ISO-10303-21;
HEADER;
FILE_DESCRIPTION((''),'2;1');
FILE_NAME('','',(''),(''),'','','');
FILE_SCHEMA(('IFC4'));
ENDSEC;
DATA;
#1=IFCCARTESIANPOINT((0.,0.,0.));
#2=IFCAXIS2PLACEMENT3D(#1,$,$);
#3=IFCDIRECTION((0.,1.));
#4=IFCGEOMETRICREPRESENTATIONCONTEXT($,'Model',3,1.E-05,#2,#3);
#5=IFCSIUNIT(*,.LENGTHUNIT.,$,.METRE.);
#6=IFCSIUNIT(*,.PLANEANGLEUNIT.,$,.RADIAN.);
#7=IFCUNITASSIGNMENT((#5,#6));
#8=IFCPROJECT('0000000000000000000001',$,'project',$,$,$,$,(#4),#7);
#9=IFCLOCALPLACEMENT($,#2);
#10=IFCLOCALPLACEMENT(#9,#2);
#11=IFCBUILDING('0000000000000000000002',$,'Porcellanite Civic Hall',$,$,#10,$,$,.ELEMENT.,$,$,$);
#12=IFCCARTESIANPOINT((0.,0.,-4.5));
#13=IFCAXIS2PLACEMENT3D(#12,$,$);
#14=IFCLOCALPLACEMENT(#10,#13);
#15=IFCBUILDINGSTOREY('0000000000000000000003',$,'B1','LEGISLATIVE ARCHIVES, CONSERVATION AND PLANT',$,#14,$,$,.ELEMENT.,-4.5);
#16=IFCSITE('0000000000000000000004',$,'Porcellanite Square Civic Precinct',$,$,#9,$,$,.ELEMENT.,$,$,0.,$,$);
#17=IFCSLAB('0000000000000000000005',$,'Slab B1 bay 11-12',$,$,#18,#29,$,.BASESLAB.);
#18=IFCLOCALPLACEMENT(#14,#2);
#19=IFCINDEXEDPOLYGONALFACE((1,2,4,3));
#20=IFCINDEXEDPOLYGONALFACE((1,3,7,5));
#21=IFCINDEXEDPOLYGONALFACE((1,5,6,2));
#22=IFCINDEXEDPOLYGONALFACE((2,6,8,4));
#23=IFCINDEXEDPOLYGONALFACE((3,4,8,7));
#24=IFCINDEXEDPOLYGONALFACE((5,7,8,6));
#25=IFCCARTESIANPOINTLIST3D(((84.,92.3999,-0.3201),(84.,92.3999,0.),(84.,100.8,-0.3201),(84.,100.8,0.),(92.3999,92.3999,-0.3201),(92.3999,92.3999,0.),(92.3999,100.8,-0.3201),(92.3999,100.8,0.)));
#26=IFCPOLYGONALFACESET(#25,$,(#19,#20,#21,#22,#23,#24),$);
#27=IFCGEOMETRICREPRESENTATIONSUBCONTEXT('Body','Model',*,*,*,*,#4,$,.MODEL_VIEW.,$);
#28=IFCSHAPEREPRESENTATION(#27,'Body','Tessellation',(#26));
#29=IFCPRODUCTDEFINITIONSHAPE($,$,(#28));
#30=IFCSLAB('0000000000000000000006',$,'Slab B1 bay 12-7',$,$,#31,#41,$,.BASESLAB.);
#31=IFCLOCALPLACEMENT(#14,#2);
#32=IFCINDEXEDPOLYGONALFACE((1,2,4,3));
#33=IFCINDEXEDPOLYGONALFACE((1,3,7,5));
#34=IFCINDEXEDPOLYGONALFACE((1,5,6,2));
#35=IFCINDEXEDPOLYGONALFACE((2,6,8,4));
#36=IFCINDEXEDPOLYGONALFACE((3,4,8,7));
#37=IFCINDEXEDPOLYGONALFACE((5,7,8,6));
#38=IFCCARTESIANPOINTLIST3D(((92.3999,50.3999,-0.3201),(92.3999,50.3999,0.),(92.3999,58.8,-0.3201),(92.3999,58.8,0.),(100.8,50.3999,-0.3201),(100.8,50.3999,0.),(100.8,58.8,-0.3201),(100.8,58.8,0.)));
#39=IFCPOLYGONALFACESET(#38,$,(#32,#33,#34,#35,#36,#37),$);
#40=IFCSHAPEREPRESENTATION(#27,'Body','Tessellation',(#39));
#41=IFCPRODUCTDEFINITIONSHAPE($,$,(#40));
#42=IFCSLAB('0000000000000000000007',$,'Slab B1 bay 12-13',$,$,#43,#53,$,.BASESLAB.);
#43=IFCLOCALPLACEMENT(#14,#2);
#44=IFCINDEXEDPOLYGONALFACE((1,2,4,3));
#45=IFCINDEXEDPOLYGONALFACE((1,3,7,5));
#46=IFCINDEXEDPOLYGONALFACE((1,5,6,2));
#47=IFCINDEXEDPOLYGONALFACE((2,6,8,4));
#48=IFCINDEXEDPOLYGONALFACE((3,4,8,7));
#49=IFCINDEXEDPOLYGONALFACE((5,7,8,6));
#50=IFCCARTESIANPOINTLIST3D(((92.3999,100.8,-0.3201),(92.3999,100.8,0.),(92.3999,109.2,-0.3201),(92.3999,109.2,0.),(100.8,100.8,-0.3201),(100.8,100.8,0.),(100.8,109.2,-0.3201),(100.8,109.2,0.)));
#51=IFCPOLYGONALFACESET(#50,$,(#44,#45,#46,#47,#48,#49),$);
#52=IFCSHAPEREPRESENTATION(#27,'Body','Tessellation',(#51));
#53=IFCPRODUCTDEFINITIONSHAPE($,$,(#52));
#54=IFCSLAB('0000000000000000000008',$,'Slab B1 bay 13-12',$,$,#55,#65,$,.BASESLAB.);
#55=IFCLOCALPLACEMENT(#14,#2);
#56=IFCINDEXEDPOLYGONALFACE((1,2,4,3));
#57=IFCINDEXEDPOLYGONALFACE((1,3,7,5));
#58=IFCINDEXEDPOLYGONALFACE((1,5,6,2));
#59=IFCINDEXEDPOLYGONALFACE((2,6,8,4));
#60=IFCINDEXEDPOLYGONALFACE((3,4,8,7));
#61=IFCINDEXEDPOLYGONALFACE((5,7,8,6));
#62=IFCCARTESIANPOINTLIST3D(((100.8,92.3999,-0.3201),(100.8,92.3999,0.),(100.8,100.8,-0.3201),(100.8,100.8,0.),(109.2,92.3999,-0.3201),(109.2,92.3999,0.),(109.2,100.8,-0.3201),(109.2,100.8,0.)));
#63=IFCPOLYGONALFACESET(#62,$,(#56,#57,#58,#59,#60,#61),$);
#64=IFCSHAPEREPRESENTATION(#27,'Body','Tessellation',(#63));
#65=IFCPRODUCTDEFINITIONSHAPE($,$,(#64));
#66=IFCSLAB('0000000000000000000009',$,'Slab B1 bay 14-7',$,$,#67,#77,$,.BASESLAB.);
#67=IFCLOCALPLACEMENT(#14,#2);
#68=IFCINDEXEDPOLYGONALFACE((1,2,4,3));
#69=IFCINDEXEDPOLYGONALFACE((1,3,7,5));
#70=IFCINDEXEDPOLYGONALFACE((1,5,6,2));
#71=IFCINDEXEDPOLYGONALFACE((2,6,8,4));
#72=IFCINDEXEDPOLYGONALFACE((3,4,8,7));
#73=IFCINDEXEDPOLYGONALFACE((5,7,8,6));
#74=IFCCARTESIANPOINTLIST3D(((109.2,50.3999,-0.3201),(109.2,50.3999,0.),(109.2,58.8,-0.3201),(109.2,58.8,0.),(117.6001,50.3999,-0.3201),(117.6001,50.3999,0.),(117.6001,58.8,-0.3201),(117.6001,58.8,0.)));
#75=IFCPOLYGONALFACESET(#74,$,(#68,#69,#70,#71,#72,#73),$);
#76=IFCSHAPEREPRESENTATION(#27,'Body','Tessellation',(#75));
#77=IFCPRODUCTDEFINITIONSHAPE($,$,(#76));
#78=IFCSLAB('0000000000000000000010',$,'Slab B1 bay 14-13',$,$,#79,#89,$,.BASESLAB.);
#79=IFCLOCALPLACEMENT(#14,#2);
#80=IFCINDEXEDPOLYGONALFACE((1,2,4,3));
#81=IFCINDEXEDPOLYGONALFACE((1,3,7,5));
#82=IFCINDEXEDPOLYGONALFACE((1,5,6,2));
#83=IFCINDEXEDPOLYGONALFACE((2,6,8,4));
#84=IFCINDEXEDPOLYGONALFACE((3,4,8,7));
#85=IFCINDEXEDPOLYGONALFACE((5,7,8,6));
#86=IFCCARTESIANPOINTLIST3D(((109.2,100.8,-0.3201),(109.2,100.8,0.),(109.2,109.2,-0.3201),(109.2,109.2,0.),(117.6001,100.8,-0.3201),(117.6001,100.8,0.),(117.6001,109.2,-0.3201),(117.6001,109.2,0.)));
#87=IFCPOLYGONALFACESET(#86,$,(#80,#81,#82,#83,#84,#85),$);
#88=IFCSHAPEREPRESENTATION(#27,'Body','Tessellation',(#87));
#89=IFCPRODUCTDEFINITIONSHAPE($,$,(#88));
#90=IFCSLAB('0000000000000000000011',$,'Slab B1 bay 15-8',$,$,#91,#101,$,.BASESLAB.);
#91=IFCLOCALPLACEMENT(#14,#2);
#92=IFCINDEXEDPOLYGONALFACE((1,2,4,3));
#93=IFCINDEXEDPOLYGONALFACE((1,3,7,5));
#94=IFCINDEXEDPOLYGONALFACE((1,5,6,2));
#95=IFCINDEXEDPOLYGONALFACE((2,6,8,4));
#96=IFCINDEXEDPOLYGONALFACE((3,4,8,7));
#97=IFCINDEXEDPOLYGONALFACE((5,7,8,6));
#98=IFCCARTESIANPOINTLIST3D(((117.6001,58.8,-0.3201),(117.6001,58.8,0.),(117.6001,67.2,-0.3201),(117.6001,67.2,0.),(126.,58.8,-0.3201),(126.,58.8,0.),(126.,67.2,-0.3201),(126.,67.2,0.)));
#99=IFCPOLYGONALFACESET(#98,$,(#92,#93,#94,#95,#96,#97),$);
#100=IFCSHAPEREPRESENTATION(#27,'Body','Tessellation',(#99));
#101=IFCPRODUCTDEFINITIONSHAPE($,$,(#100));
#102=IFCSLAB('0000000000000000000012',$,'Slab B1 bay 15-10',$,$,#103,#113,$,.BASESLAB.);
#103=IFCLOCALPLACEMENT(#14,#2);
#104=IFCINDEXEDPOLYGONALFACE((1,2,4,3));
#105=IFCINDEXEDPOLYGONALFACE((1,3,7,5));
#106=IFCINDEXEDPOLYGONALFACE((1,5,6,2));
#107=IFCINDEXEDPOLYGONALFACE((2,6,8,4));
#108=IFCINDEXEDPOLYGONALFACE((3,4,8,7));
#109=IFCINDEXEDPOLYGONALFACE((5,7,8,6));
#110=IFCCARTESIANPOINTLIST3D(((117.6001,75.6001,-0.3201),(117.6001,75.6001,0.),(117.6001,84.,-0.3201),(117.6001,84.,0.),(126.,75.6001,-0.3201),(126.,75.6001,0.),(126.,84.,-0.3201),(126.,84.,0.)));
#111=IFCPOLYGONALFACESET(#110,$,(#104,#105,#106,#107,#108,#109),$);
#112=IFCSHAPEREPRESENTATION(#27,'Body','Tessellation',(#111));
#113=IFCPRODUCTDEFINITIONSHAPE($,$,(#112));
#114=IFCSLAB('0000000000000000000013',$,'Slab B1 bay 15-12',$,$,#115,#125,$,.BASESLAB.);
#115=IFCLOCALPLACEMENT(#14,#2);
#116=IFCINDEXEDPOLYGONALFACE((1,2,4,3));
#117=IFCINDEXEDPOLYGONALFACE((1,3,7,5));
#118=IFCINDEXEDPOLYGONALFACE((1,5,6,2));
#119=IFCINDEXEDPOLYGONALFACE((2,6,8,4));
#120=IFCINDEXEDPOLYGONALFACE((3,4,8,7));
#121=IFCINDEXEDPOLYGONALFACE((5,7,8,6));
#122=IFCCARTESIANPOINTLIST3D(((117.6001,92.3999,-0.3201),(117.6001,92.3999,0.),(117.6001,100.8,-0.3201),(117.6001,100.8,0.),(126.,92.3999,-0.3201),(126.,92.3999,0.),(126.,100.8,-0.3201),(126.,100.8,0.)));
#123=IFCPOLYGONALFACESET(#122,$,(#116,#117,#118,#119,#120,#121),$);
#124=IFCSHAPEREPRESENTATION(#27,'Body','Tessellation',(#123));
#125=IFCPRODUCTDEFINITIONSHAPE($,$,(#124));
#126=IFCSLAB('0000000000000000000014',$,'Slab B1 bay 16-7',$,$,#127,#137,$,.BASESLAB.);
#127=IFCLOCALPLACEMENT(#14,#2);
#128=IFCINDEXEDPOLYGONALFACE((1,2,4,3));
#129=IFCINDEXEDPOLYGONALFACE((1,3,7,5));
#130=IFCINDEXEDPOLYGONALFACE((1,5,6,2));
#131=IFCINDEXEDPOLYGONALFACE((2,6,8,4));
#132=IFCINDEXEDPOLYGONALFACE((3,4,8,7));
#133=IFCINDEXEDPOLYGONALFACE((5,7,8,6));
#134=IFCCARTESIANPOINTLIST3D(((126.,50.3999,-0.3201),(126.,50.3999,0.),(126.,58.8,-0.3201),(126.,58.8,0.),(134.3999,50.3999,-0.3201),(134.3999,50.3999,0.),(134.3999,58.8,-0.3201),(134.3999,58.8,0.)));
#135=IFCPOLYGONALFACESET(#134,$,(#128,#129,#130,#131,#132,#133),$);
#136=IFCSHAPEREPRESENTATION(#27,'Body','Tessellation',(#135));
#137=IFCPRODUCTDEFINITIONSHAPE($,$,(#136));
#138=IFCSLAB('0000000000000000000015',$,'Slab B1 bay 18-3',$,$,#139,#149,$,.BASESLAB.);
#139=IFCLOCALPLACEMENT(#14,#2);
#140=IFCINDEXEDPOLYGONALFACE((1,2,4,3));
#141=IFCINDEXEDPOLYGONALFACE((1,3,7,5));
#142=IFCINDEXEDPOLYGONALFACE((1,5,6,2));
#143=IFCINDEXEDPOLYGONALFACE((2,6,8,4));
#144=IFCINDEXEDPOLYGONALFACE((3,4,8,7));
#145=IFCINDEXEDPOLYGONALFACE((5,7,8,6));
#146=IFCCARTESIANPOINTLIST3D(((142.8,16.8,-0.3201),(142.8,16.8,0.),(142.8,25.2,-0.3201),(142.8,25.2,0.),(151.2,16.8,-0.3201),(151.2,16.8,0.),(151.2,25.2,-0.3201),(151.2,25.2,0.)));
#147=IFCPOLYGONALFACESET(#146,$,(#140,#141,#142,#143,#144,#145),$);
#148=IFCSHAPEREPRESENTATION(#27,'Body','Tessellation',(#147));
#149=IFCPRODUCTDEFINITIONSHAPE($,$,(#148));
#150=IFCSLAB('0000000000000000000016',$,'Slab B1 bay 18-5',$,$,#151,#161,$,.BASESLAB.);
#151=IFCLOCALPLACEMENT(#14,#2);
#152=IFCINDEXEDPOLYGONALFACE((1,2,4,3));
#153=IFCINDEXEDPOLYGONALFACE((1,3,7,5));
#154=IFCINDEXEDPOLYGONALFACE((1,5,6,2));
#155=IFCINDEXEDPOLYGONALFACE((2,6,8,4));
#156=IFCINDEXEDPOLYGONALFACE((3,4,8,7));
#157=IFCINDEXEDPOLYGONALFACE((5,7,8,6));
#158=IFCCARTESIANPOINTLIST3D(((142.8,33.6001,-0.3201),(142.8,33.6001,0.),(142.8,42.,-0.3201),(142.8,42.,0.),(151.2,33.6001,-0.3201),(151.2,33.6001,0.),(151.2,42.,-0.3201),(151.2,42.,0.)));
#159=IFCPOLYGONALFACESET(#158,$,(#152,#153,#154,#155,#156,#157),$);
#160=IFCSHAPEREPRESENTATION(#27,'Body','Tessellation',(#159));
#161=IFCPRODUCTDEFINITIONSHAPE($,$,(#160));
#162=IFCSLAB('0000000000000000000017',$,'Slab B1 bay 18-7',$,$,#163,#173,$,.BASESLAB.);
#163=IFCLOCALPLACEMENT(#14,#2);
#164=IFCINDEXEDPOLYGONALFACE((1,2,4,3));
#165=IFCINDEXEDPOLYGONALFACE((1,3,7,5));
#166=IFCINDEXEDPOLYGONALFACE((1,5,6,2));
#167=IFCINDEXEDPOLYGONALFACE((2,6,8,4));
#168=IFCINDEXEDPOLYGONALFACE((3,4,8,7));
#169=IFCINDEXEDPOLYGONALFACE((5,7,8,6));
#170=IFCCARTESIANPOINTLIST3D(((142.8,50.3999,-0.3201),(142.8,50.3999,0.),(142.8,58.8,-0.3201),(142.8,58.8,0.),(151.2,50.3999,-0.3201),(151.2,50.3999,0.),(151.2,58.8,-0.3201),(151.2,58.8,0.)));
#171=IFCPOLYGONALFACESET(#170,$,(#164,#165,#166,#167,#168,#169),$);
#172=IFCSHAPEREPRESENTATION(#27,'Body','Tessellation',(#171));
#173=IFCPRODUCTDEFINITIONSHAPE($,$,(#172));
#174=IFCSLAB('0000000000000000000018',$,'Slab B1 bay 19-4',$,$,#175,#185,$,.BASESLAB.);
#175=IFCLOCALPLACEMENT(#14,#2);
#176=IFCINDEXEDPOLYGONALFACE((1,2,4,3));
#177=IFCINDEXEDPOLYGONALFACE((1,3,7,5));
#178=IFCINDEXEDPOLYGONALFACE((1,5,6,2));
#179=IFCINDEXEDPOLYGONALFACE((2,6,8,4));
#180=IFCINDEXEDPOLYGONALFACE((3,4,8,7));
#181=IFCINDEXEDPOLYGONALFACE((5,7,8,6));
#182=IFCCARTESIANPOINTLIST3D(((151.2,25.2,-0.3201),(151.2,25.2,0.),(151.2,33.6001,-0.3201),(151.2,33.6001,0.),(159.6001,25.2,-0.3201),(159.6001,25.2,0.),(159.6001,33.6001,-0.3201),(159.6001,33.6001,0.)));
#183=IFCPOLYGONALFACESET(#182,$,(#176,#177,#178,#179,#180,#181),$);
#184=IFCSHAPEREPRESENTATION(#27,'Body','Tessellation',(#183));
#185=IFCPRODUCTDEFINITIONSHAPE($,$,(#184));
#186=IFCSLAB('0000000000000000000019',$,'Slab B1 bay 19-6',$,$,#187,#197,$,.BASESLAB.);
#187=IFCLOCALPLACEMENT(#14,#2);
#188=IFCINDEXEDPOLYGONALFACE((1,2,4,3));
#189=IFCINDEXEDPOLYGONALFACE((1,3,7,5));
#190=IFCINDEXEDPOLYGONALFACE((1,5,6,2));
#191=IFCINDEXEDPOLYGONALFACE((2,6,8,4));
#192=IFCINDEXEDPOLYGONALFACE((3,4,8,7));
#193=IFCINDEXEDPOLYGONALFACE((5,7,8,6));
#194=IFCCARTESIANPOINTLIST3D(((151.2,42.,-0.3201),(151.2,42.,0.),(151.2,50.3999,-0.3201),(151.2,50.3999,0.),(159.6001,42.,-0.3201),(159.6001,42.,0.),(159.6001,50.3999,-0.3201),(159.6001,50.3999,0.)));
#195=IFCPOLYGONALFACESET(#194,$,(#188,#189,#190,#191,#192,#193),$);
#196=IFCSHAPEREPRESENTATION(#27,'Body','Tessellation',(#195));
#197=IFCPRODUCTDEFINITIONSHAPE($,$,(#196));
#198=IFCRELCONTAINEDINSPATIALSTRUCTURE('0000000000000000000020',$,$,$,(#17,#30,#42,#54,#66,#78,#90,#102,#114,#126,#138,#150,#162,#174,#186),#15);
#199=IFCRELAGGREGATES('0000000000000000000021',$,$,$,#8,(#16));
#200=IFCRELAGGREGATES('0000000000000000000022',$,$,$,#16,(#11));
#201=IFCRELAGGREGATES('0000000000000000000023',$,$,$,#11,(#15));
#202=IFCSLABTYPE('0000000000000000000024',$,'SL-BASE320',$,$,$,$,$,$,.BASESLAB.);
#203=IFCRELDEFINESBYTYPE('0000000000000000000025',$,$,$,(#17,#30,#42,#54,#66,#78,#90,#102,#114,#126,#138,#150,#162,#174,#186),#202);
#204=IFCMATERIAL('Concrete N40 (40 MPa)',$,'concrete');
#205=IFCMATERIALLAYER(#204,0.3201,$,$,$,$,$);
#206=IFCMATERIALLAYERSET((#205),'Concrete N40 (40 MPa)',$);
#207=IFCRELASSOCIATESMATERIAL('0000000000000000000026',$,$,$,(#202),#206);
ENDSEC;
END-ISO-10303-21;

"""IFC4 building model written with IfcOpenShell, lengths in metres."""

from ifc_helpers import new_model, si_unit, direction, frame, origin, place, context, subcontext, project, spatial, polyline, outline, extrude, material, layer, layer_set, type_object, element, save


model = new_model("IFC4")

# Units and contexts
model_context = context("Model", 3, precision=1e-05, world=origin(), true_north=direction((0.0, 1.0)))
body_context = subcontext(model_context, "Body", "Model", "MODEL_VIEW")
ifc_project = project(units=[si_unit("LENGTHUNIT", "METRE"), si_unit("PLANEANGLEUNIT", "RADIAN")], contexts=[model_context])

# Site, building, storey
site_placement = place(None, origin())
site = spatial("IfcSite", under=ifc_project, at=site_placement, Name="Porcellanite Square Civic Precinct", CompositionType="ELEMENT", RefElevation=0.0)
building_placement = place(site_placement, origin())
building = spatial("IfcBuilding", under=site, at=building_placement, Name="Porcellanite Civic Hall", CompositionType="ELEMENT")
storey_placement = place(building_placement, frame((0.0, 0.0, -4.5)))
storey = spatial("IfcBuildingStorey", under=building, at=storey_placement, Name="B1", Description="LEGISLATIVE ARCHIVES, CONSERVATION AND PLANT", CompositionType="ELEMENT", Elevation=-4.5)

# Slabs
ifc_material_1 = material(Name="Concrete N40 (40 MPa)", Category="concrete")
ifc_layer_1 = layer(ifc_material_1, 0.3201)
ifc_layer_set_1 = layer_set([ifc_layer_1], Name="Concrete N40 (40 MPa)")
slab_type_1 = type_object("IfcSlabType", Name="SL-BASE320", PredefinedType="BASESLAB", material=ifc_layer_set_1)
slab_1_placement = place(storey_placement, frame((0.0, 0.0, -0.3201)))
element("IfcSlab", 1, at=slab_1_placement, inside=storey, type_object=slab_type_1, Name="Slab B1 bay 11-12", PredefinedType="BASESLAB", context=body_context, shape_type="SweptSolid", body=[
    extrude(outline(polyline([(84.0, 92.3999), (92.3999, 92.3999), (92.3999, 100.8), (84.0, 100.8), (84.0, 92.3999)])), origin(), (0.0, 0.0, 1.0), 0.3201),
])
slab_2_placement = place(storey_placement, frame((0.0, 0.0, -0.3201)))
element("IfcSlab", 2, at=slab_2_placement, inside=storey, type_object=slab_type_1, Name="Slab B1 bay 12-7", PredefinedType="BASESLAB", context=body_context, shape_type="SweptSolid", body=[
    extrude(outline(polyline([(92.3999, 50.3999), (100.8, 50.3999), (100.8, 58.8), (92.3999, 58.8), (92.3999, 50.3999)])), origin(), (0.0, 0.0, 1.0), 0.3201),
])
slab_3_placement = place(storey_placement, frame((0.0, 0.0, -0.3201)))
element("IfcSlab", 3, at=slab_3_placement, inside=storey, type_object=slab_type_1, Name="Slab B1 bay 12-13", PredefinedType="BASESLAB", context=body_context, shape_type="SweptSolid", body=[
    extrude(outline(polyline([(92.3999, 100.8), (100.8, 100.8), (100.8, 109.2), (92.3999, 109.2), (92.3999, 100.8)])), origin(), (0.0, 0.0, 1.0), 0.3201),
])
slab_4_placement = place(storey_placement, frame((0.0, 0.0, -0.3201)))
element("IfcSlab", 4, at=slab_4_placement, inside=storey, type_object=slab_type_1, Name="Slab B1 bay 13-12", PredefinedType="BASESLAB", context=body_context, shape_type="SweptSolid", body=[
    extrude(outline(polyline([(100.8, 92.3999), (109.2, 92.3999), (109.2, 100.8), (100.8, 100.8), (100.8, 92.3999)])), origin(), (0.0, 0.0, 1.0), 0.3201),
])
slab_5_placement = place(storey_placement, frame((0.0, 0.0, -0.3201)))
element("IfcSlab", 5, at=slab_5_placement, inside=storey, type_object=slab_type_1, Name="Slab B1 bay 14-7", PredefinedType="BASESLAB", context=body_context, shape_type="SweptSolid", body=[
    extrude(outline(polyline([(109.2, 50.3999), (117.6001, 50.3999), (117.6001, 58.8), (109.2, 58.8), (109.2, 50.3999)])), origin(), (0.0, 0.0, 1.0), 0.3201),
])
slab_6_placement = place(storey_placement, frame((0.0, 0.0, -0.3201)))
element("IfcSlab", 6, at=slab_6_placement, inside=storey, type_object=slab_type_1, Name="Slab B1 bay 14-13", PredefinedType="BASESLAB", context=body_context, shape_type="SweptSolid", body=[
    extrude(outline(polyline([(109.2, 100.8), (117.6001, 100.8), (117.6001, 109.2), (109.2, 109.2), (109.2, 100.8)])), origin(), (0.0, 0.0, 1.0), 0.3201),
])
slab_7_placement = place(storey_placement, frame((0.0, 0.0, -0.3201)))
element("IfcSlab", 7, at=slab_7_placement, inside=storey, type_object=slab_type_1, Name="Slab B1 bay 15-8", PredefinedType="BASESLAB", context=body_context, shape_type="SweptSolid", body=[
    extrude(outline(polyline([(117.6001, 58.8), (126.0, 58.8), (126.0, 67.2), (117.6001, 67.2), (117.6001, 58.8)])), origin(), (0.0, 0.0, 1.0), 0.3201),
])
slab_8_placement = place(storey_placement, frame((0.0, 0.0, -0.3201)))
element("IfcSlab", 8, at=slab_8_placement, inside=storey, type_object=slab_type_1, Name="Slab B1 bay 15-10", PredefinedType="BASESLAB", context=body_context, shape_type="SweptSolid", body=[
    extrude(outline(polyline([(117.6001, 75.6001), (126.0, 75.6001), (126.0, 84.0), (117.6001, 84.0), (117.6001, 75.6001)])), origin(), (0.0, 0.0, 1.0), 0.3201),
])
slab_9_placement = place(storey_placement, frame((0.0, 0.0, -0.3201)))
element("IfcSlab", 9, at=slab_9_placement, inside=storey, type_object=slab_type_1, Name="Slab B1 bay 15-12", PredefinedType="BASESLAB", context=body_context, shape_type="SweptSolid", body=[
    extrude(outline(polyline([(117.6001, 92.3999), (126.0, 92.3999), (126.0, 100.8), (117.6001, 100.8), (117.6001, 92.3999)])), origin(), (0.0, 0.0, 1.0), 0.3201),
])
slab_10_placement = place(storey_placement, frame((0.0, 0.0, -0.3201)))
element("IfcSlab", 10, at=slab_10_placement, inside=storey, type_object=slab_type_1, Name="Slab B1 bay 16-7", PredefinedType="BASESLAB", context=body_context, shape_type="SweptSolid", body=[
    extrude(outline(polyline([(126.0, 50.3999), (134.3999, 50.3999), (134.3999, 58.8), (126.0, 58.8), (126.0, 50.3999)])), origin(), (0.0, 0.0, 1.0), 0.3201),
])
slab_11_placement = place(storey_placement, frame((0.0, 0.0, -0.3201)))
element("IfcSlab", 11, at=slab_11_placement, inside=storey, type_object=slab_type_1, Name="Slab B1 bay 18-3", PredefinedType="BASESLAB", context=body_context, shape_type="SweptSolid", body=[
    extrude(outline(polyline([(142.8, 16.8), (151.2, 16.8), (151.2, 25.2), (142.8, 25.2), (142.8, 16.8)])), origin(), (0.0, 0.0, 1.0), 0.3201),
])
slab_12_placement = place(storey_placement, frame((0.0, 0.0, -0.3201)))
element("IfcSlab", 12, at=slab_12_placement, inside=storey, type_object=slab_type_1, Name="Slab B1 bay 18-5", PredefinedType="BASESLAB", context=body_context, shape_type="SweptSolid", body=[
    extrude(outline(polyline([(142.8, 33.6001), (151.2, 33.6001), (151.2, 42.0), (142.8, 42.0), (142.8, 33.6001)])), origin(), (0.0, 0.0, 1.0), 0.3201),
])
slab_13_placement = place(storey_placement, frame((0.0, 0.0, -0.3201)))
element("IfcSlab", 13, at=slab_13_placement, inside=storey, type_object=slab_type_1, Name="Slab B1 bay 18-7", PredefinedType="BASESLAB", context=body_context, shape_type="SweptSolid", body=[
    extrude(outline(polyline([(142.8, 50.3999), (151.2, 50.3999), (151.2, 58.8), (142.8, 58.8), (142.8, 50.3999)])), origin(), (0.0, 0.0, 1.0), 0.3201),
])
slab_14_placement = place(storey_placement, frame((0.0, 0.0, -0.3201)))
element("IfcSlab", 14, at=slab_14_placement, inside=storey, type_object=slab_type_1, Name="Slab B1 bay 19-4", PredefinedType="BASESLAB", context=body_context, shape_type="SweptSolid", body=[
    extrude(outline(polyline([(151.2, 25.2), (159.6001, 25.2), (159.6001, 33.6001), (151.2, 33.6001), (151.2, 25.2)])), origin(), (0.0, 0.0, 1.0), 0.3201),
])
slab_15_placement = place(storey_placement, frame((0.0, 0.0, -0.3201)))
element("IfcSlab", 15, at=slab_15_placement, inside=storey, type_object=slab_type_1, Name="Slab B1 bay 19-6", PredefinedType="BASESLAB", context=body_context, shape_type="SweptSolid", body=[
    extrude(outline(polyline([(151.2, 42.0), (159.6001, 42.0), (159.6001, 50.3999), (151.2, 50.3999), (151.2, 42.0)])), origin(), (0.0, 0.0, 1.0), 0.3201),
])

save(model, "model.ifc")
